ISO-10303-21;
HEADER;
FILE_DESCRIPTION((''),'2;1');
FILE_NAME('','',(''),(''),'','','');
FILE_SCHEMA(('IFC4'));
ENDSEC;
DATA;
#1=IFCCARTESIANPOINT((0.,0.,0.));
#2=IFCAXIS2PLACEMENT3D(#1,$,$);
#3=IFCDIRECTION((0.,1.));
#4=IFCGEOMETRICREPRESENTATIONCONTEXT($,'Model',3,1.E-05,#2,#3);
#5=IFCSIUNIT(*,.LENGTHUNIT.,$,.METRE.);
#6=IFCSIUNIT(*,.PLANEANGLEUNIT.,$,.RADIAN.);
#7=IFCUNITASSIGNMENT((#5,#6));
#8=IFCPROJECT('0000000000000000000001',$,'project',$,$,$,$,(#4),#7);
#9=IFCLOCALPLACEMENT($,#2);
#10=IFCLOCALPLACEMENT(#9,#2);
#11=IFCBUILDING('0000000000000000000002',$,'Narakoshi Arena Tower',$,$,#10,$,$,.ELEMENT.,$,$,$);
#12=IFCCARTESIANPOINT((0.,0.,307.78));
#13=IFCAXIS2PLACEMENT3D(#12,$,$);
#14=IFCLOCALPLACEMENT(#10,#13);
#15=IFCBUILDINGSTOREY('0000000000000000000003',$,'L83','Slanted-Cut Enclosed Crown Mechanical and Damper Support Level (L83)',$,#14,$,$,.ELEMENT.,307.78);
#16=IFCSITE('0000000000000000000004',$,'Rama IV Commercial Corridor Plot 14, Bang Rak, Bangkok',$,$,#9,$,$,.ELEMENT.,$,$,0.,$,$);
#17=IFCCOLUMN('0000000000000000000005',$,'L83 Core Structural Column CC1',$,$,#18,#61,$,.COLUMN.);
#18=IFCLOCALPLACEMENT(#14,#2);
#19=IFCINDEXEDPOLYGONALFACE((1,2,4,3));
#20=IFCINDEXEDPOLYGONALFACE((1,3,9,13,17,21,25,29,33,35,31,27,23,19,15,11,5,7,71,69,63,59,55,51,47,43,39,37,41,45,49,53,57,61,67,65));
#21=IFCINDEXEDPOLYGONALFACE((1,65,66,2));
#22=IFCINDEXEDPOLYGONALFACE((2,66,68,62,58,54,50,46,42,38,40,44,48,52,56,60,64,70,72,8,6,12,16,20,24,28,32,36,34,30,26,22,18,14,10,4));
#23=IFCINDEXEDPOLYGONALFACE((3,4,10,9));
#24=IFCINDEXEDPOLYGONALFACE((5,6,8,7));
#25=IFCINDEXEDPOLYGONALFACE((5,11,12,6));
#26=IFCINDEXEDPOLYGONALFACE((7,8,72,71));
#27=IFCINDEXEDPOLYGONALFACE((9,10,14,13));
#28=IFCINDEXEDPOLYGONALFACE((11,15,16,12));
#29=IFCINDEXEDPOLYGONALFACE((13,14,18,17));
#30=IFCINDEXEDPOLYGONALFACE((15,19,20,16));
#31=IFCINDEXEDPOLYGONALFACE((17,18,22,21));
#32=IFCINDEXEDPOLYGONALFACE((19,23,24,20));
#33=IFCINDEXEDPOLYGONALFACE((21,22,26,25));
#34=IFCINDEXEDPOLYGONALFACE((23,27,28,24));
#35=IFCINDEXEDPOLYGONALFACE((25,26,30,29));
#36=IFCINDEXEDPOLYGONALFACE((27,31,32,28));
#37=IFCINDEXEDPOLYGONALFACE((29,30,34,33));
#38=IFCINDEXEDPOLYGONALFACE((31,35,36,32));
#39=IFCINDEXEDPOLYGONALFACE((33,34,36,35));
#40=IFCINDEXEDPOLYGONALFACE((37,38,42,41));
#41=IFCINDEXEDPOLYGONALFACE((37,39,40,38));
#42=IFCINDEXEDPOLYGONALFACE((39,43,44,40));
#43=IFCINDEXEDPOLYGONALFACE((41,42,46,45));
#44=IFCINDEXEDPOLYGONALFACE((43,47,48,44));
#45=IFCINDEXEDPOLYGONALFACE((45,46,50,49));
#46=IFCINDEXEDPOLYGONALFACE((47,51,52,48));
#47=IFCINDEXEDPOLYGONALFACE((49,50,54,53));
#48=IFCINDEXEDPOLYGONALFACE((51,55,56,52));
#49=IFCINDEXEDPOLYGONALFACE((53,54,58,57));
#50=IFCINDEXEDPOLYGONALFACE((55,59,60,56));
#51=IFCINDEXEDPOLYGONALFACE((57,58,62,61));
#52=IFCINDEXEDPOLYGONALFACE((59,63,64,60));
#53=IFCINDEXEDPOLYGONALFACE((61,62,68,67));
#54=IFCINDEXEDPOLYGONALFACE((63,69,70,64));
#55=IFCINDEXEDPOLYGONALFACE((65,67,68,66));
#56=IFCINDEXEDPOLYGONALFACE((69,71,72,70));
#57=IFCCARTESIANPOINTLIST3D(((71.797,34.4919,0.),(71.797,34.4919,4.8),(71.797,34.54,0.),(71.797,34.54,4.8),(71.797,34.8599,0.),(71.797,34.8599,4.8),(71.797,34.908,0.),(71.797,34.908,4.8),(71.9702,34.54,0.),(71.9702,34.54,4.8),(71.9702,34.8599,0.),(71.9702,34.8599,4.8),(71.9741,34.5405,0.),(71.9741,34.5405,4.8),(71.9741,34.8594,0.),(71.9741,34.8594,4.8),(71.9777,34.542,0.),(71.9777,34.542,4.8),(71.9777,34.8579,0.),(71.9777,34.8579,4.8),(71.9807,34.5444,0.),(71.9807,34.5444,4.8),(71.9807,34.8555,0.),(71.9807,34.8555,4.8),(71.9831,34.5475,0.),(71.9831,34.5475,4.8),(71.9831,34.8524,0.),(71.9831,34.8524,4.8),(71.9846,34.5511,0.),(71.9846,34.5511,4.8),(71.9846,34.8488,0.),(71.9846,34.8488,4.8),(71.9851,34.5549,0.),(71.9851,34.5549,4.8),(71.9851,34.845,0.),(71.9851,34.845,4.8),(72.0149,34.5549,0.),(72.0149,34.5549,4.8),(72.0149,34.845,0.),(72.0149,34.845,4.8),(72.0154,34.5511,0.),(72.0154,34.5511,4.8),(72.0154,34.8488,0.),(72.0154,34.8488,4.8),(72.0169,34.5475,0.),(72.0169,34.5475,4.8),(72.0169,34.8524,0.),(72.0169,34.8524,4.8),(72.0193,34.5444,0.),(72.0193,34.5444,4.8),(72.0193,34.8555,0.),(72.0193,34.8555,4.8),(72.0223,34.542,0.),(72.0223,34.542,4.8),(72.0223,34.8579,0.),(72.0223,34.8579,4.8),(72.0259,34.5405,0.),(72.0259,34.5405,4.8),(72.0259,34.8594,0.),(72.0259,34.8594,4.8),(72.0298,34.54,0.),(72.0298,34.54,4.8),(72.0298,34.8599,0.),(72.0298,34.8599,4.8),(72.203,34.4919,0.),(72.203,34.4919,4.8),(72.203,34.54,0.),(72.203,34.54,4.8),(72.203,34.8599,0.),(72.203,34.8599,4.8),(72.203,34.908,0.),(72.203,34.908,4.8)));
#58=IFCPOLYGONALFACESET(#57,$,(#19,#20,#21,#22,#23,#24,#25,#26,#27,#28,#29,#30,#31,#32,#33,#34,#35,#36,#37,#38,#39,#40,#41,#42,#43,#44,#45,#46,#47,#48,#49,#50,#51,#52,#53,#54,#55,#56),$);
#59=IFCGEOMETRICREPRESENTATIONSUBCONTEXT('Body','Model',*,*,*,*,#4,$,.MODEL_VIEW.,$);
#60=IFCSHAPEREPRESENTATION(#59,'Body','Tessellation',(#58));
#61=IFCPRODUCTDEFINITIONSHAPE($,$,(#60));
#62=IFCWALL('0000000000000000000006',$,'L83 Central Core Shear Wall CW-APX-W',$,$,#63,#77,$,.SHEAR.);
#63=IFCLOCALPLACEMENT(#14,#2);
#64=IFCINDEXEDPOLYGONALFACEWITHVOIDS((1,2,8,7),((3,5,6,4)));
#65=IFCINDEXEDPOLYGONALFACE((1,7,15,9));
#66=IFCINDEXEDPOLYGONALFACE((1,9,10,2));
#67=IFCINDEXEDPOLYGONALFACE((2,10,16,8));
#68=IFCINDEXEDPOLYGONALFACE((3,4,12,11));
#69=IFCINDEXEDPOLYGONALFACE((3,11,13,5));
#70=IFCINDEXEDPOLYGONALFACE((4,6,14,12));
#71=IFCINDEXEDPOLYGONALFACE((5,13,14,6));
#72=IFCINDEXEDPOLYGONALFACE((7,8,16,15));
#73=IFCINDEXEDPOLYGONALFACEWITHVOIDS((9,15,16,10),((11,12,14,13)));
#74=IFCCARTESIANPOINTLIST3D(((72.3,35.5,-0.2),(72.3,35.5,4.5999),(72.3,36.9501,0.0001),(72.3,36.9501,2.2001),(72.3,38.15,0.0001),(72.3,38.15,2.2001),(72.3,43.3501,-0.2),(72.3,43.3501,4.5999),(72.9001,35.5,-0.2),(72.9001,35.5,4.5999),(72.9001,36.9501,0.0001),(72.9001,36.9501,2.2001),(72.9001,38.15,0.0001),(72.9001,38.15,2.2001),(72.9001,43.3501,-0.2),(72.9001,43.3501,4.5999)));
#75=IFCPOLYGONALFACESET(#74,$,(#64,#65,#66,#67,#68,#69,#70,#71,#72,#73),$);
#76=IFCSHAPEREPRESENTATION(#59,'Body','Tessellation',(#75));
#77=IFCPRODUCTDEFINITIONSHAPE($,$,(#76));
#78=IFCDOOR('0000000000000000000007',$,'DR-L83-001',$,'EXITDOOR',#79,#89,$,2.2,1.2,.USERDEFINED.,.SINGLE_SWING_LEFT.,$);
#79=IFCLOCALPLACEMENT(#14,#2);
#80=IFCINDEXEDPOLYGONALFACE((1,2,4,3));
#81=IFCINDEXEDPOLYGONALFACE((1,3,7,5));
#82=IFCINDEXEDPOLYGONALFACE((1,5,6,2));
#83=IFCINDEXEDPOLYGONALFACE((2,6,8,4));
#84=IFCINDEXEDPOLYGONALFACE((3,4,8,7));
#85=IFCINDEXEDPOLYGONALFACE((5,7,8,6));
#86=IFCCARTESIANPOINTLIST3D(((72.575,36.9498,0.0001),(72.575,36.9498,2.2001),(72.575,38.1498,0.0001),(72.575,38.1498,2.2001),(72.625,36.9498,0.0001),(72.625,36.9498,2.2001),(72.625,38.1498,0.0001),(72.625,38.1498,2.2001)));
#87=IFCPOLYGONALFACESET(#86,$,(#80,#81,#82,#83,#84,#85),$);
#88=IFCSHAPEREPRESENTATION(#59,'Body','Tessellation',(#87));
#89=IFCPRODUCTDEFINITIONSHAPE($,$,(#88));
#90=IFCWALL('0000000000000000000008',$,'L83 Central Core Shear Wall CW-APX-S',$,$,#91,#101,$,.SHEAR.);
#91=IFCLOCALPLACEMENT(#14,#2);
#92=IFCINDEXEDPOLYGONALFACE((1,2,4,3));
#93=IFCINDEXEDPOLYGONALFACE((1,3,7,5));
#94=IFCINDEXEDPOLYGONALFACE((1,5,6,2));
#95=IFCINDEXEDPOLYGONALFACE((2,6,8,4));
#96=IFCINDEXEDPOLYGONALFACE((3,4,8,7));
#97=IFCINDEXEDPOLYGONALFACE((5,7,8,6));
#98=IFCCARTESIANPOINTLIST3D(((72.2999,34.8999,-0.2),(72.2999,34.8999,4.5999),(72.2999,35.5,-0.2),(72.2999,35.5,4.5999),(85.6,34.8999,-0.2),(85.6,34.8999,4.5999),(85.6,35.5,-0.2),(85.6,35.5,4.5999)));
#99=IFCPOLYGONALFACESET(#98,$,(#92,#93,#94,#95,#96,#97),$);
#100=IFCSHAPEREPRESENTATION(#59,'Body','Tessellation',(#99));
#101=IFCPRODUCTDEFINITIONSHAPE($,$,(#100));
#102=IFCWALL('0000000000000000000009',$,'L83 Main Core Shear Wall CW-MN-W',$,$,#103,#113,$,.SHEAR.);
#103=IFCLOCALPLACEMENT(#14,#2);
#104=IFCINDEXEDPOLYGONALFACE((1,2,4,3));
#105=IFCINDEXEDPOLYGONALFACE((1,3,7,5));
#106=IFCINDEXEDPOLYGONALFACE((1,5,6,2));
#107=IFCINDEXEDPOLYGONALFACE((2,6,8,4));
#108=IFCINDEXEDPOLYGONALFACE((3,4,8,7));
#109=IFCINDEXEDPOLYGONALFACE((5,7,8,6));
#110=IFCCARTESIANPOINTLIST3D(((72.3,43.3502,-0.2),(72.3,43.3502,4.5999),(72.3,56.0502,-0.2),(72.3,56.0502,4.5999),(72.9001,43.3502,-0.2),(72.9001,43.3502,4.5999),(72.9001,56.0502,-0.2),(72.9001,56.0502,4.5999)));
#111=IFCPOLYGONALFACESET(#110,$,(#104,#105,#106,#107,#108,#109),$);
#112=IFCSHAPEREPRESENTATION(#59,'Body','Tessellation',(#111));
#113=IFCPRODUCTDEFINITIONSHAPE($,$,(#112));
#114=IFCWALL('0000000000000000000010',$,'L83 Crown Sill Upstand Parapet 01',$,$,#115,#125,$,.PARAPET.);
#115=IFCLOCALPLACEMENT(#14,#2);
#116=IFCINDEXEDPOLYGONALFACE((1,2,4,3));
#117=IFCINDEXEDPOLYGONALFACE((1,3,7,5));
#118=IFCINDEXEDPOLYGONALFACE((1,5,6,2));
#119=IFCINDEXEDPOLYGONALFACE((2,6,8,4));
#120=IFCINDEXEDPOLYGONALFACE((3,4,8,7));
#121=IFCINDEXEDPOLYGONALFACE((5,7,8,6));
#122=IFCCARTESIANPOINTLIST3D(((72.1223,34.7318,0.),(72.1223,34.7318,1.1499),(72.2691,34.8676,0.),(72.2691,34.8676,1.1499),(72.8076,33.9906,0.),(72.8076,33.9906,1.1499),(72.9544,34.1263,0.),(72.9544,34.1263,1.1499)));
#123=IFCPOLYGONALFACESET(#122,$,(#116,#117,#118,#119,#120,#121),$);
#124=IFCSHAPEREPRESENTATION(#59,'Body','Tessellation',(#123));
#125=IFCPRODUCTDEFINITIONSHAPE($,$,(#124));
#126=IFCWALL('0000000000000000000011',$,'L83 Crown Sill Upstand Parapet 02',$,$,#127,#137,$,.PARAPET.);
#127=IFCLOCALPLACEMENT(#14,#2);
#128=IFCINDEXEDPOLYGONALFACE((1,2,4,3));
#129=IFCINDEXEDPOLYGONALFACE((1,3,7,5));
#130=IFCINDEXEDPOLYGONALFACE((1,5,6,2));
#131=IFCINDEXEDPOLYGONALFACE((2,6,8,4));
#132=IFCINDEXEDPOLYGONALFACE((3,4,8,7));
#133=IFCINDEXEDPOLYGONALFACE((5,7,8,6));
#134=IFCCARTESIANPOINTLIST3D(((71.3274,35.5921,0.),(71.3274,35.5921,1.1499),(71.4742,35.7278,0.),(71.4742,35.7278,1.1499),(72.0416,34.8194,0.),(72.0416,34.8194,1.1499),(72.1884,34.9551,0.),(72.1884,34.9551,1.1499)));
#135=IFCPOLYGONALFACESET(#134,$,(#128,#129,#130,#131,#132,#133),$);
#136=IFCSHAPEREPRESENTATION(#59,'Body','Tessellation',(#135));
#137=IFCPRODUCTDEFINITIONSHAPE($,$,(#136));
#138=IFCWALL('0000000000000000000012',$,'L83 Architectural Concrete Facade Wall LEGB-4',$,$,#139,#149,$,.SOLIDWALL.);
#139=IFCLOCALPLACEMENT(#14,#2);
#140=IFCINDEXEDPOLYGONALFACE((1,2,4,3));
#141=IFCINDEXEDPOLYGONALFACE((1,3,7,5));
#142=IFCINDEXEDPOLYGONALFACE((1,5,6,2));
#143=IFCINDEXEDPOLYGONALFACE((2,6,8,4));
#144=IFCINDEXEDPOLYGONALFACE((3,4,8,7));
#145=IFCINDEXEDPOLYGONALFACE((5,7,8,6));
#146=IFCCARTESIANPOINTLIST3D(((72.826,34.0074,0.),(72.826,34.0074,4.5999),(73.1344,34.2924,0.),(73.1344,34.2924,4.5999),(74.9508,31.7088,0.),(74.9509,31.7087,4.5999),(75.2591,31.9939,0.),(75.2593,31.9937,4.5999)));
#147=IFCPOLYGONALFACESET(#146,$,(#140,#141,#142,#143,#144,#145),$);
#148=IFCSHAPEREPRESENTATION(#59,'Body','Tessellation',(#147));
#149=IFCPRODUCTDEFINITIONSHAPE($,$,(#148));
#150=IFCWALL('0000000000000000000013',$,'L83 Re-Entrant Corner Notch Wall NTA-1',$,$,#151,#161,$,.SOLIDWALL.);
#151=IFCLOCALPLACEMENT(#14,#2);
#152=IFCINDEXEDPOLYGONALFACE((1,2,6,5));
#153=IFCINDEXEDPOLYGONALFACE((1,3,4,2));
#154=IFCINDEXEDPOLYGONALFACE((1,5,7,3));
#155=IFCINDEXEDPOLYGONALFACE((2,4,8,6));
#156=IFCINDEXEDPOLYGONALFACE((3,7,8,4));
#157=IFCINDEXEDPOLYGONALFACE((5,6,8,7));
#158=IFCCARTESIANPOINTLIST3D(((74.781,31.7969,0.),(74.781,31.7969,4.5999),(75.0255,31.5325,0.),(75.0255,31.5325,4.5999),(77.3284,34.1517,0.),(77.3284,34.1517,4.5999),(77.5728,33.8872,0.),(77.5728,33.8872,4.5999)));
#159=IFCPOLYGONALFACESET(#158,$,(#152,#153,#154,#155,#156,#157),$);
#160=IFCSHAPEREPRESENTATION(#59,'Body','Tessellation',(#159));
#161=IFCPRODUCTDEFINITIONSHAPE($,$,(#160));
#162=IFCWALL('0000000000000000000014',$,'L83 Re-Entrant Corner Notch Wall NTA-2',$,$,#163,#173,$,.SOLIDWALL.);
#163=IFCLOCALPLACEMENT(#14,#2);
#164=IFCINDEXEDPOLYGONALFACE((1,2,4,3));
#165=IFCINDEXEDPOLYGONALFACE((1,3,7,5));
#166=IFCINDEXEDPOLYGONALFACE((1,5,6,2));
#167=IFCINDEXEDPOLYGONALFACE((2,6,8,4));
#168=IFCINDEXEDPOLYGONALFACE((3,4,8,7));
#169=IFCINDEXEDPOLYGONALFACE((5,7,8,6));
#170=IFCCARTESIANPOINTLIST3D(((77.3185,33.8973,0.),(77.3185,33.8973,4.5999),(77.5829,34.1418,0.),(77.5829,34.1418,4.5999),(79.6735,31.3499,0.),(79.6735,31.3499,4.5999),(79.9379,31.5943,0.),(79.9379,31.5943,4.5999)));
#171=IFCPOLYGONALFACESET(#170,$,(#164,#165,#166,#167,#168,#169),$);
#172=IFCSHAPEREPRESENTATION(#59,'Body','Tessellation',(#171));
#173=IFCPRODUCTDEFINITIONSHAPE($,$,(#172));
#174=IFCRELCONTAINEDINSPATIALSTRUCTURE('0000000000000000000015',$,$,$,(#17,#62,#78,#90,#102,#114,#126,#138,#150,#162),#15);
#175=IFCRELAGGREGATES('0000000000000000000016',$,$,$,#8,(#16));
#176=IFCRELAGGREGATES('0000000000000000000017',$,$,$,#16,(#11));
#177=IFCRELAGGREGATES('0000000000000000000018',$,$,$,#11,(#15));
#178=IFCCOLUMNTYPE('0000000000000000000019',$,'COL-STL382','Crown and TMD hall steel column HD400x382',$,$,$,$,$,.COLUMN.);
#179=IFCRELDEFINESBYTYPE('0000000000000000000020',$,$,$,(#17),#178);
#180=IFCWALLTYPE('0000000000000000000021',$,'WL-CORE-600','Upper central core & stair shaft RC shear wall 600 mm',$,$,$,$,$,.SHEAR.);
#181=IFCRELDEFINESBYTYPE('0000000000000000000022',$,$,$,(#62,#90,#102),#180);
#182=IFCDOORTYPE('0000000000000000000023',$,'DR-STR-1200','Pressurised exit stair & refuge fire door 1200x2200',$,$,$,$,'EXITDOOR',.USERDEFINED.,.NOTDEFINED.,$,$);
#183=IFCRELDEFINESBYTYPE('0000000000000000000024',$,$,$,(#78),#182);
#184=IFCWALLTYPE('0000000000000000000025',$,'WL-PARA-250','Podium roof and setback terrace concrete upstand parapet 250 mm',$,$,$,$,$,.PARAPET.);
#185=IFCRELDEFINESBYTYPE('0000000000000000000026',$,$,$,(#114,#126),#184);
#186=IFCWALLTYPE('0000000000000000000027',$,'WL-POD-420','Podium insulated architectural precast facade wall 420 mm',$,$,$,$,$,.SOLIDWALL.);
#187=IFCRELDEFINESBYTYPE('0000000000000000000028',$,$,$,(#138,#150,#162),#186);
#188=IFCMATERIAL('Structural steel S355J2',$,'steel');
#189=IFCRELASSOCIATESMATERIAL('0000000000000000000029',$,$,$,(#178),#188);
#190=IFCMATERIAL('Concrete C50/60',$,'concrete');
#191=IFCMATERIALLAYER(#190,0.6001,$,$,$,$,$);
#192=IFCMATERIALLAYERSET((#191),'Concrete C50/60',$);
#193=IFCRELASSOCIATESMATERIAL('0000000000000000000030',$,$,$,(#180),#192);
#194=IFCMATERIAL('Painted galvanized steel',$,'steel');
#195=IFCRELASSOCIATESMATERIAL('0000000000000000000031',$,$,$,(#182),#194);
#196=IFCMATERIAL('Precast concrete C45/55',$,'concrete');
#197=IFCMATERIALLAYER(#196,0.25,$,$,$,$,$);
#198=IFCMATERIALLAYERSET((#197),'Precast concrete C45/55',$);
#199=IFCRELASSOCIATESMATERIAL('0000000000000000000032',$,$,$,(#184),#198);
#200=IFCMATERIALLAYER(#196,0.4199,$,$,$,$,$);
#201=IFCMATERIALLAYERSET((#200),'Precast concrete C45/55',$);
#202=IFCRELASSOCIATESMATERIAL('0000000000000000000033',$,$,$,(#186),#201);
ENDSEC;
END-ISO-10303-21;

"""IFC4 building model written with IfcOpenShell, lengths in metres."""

from ifc_helpers import new_model, si_unit, direction, frame, frame_2d, origin, origin_2d, place, context, subcontext, project, spatial, polyline, rectangle, i_section, outline, extrude, material, layer, layer_set, material_profile, profile_set, type_object, element, fill, save


model = new_model("IFC4")

# Units and contexts
model_context = context("Model", 3, precision=1e-05, world=origin(), true_north=direction((0.0, 1.0)))
body_context = subcontext(model_context, "Body", "Model", "MODEL_VIEW")
ifc_project = project(units=[si_unit("LENGTHUNIT", "METRE"), si_unit("PLANEANGLEUNIT", "RADIAN")], contexts=[model_context])

# Site, building, storey
site_placement = place(None, origin())
site = spatial("IfcSite", under=ifc_project, at=site_placement, Name="Rama IV Commercial Corridor Plot 14, Bang Rak, Bangkok", CompositionType="ELEMENT", RefElevation=0.0)
building_placement = place(site_placement, origin())
building = spatial("IfcBuilding", under=site, at=building_placement, Name="Narakoshi Arena Tower", CompositionType="ELEMENT")
storey_placement = place(building_placement, frame((0.0, 0.0, 307.78)))
storey = spatial("IfcBuildingStorey", under=building, at=storey_placement, Name="L83", Description="Slanted-Cut Enclosed Crown Mechanical and Damper Support Level (L83)", CompositionType="ELEMENT", Elevation=307.78)

# Column
ifc_material_1 = material(Name="Structural steel S355J2", Category="steel")
ifc_material_profile = material_profile(ifc_material_1, i_section(OverallWidth=0.406, OverallDepth=0.416, WebThickness=0.0298, FlangeThickness=0.0481, FilletRadius=0.0149, at=origin_2d()), Name="HD400x382")
ifc_profile_set = profile_set([ifc_material_profile], Name="Structural steel S355J2")
column_type = type_object("IfcColumnType", Name="COL-STL382", Description="Crown and TMD hall steel column HD400x382", PredefinedType="COLUMN", material=ifc_profile_set)
column_placement = place(storey_placement, frame((72.0, 34.7, 0.0), z_axis=(0.0, 0.0, 1.0), x_axis=(1.0, 0.0, 0.0)))
element("IfcColumn", 1, at=column_placement, inside=storey, type_object=column_type, Name="L83 Core Structural Column CC1", PredefinedType="COLUMN", context=body_context, shape_type="SweptSolid", body=[
    extrude(i_section(OverallWidth=0.406, OverallDepth=0.416, WebThickness=0.0298, FlangeThickness=0.0481, FilletRadius=0.0149, at=origin_2d()), origin(), (0.0, 0.0, 1.0), 4.8),
])

# Wall, opening, door
ifc_material_2 = material(Name="Concrete C50/60", Category="concrete")
ifc_layer_1 = layer(ifc_material_2, 0.6001)
ifc_layer_set_1 = layer_set([ifc_layer_1], Name="Concrete C50/60")
wall_type_1 = type_object("IfcWallType", Name="WL-CORE-600", Description="Upper central core & stair shaft RC shear wall 600 mm", PredefinedType="SHEAR", material=ifc_layer_set_1)
wall_1_placement = place(storey_placement, frame((72.6001, 35.5, -0.2), z_axis=(0.0, 0.0, 1.0), x_axis=(0.0, 1.0, 0.0)))
wall_1 = element("IfcWall", 2, at=wall_1_placement, inside=storey, type_object=wall_type_1, Name="L83 Central Core Shear Wall CW-APX-W", PredefinedType="SHEAR", context=body_context, shape_type="SweptSolid", body=[
    extrude(rectangle(XDim=7.8501, YDim=0.6001, at=frame_2d((3.925, 0.0))), origin(), (0.0, 0.0, 1.0), 4.7998),
])
opening_placement = place(wall_1_placement, frame((1.45, 0.0, 0.2)))
opening = element("IfcOpeningElement", 3, at=opening_placement, cuts=wall_1, PredefinedType="OPENING", context=body_context, shape_type="SweptSolid", body=[
    extrude(rectangle(XDim=1.2, YDim=2.2, at=frame_2d((0.6001, 1.1001))), frame((0.0, 0.3101, 0.0), z_axis=(0.0, -1.0, 0.0), x_axis=(1.0, 0.0, 0.0)), (0.0, 0.0, 1.0), 0.6201),
])
ifc_material_3 = material(Name="Painted galvanized steel", Category="steel")
door_type = type_object("IfcDoorType", Name="DR-STR-1200", Description="Pressurised exit stair & refuge fire door 1200x2200", ElementType="EXITDOOR", OperationType="NOTDEFINED", PredefinedType="USERDEFINED", material=ifc_material_3)
door_placement = place(opening_placement, frame((1.2, 0.0, 0.0), z_axis=(0.0, 0.0, 1.0), x_axis=(-1.0, 0.0, 0.0)))
door = element("IfcDoor", 4, at=door_placement, inside=storey, type_object=door_type, Name="DR-L83-001", ObjectType="EXITDOOR", OperationType="SINGLE_SWING_LEFT", OverallHeight=2.2, OverallWidth=1.2, PredefinedType="USERDEFINED", context=body_context, shape_type="SweptSolid", body=[
    extrude(rectangle(XDim=1.2, YDim=2.2, at=frame_2d((0.6001, 1.1001))), frame((0.0, 0.0249, 0.0), z_axis=(0.0, -1.0, 0.0), x_axis=(1.0, 0.0, 0.0)), (0.0, 0.0, 1.0), 0.05),
])
fill(opening, door)

# Walls
wall_2_placement = place(storey_placement, frame((72.3, 35.2, -0.2), z_axis=(0.0, 0.0, 1.0), x_axis=(1.0, 0.0, 0.0)))
element("IfcWall", 5, at=wall_2_placement, inside=storey, type_object=wall_type_1, Name="L83 Central Core Shear Wall CW-APX-S", PredefinedType="SHEAR", context=body_context, shape_type="SweptSolid", body=[
    extrude(rectangle(XDim=13.3, YDim=0.6001, at=frame_2d((6.6499, 0.0))), origin(), (0.0, 0.0, 1.0), 4.7998),
])
wall_3_placement = place(storey_placement, frame((72.6001, 43.3501, -0.2), z_axis=(0.0, 0.0, 1.0), x_axis=(0.0, 1.0, 0.0)))
element("IfcWall", 6, at=wall_3_placement, inside=storey, type_object=wall_type_1, Name="L83 Main Core Shear Wall CW-MN-W", PredefinedType="SHEAR", context=body_context, shape_type="SweptSolid", body=[
    extrude(rectangle(XDim=12.7, YDim=0.6001, at=frame_2d((6.3501, 0.0))), origin(), (0.0, 0.0, 1.0), 4.7998),
])
ifc_material_4 = material(Name="Precast concrete C45/55", Category="concrete")
ifc_layer_2 = layer(ifc_material_4, 0.25)
ifc_layer_set_2 = layer_set([ifc_layer_2], Name="Precast concrete C45/55")
wall_type_2 = type_object("IfcWallType", Name="WL-PARA-250", Description="Podium roof and setback terrace concrete upstand parapet 250 mm", PredefinedType="PARAPET", material=ifc_layer_set_2)
wall_4_placement = place(storey_placement, frame((72.8811, 34.0583, 0.0), z_axis=(0.0, 0.0, 1.0), x_axis=(-0.678873, 0.734256, 0.0)))
element("IfcWall", 7, at=wall_4_placement, inside=storey, type_object=wall_type_2, Name="L83 Crown Sill Upstand Parapet 01", PredefinedType="PARAPET", context=body_context, shape_type="SweptSolid", body=[
    extrude(rectangle(XDim=1.0095, YDim=0.2, at=frame_2d((0.5049, 0.0))), origin(), (0.0, 0.0, 1.0), 1.1499),
])
wall_5_placement = place(storey_placement, frame((72.115, 34.8872, 0.0), z_axis=(0.0, 0.0, 1.0), x_axis=(-0.678714, 0.734403, 0.0)))
element("IfcWall", 8, at=wall_5_placement, inside=storey, type_object=wall_type_2, Name="L83 Crown Sill Upstand Parapet 02", PredefinedType="PARAPET", context=body_context, shape_type="SweptSolid", body=[
    extrude(rectangle(XDim=1.0522, YDim=0.2, at=frame_2d((0.5261, 0.0))), origin(), (0.0, 0.0, 1.0), 1.1499),
])
ifc_layer_3 = layer(ifc_material_4, 0.4199)
ifc_layer_set_3 = layer_set([ifc_layer_3], Name="Precast concrete C45/55")
wall_type_3 = type_object("IfcWallType", Name="WL-POD-420", Description="Podium insulated architectural precast facade wall 420 mm", PredefinedType="SOLIDWALL", material=ifc_layer_set_3)
wall_6_placement = place(storey_placement, frame((72.9802, 34.1499, 0.0), z_axis=(0.0, 0.0, 1.0), x_axis=(0.678795, -0.734328, 0.0)))
element("IfcWall", 9, at=wall_6_placement, inside=storey, type_object=wall_type_3, Name="L83 Architectural Concrete Facade Wall LEGB-4", PredefinedType="SOLIDWALL", context=body_context, shape_type="SweptSolid", body=[
    extrude(outline(polyline([(0.0, 0.0), (3.1301, 0.0), (3.1304, 4.5999), (0.0, 4.5999), (0.0, 0.0)])), frame((0.0, 0.21, 0.0), z_axis=(0.0, -1.0, 0.0), x_axis=(1.0, 0.0, 0.0)), (0.0, 0.0, 1.0), 0.4199),
])
wall_7_placement = place(storey_placement, frame((74.9033, 31.6648, 0.0), z_axis=(0.0, 0.0, 1.0), x_axis=(0.734326, 0.678797, 0.0)))
element("IfcWall", 10, at=wall_7_placement, inside=storey, type_object=wall_type_3, Name="L83 Re-Entrant Corner Notch Wall NTA-1", PredefinedType="SOLIDWALL", context=body_context, shape_type="SweptSolid", body=[
    extrude(rectangle(XDim=3.469, YDim=0.3601, at=frame_2d((1.7344, 0.0))), origin(), (0.0, 0.0, 1.0), 4.5999),
])
wall_8_placement = place(storey_placement, frame((77.4507, 34.0195, 0.0), z_axis=(0.0, 0.0, 1.0), x_axis=(0.678835, -0.734291, 0.0)))
element("IfcWall", 11, at=wall_8_placement, inside=storey, type_object=wall_type_3, Name="L83 Re-Entrant Corner Notch Wall NTA-2", PredefinedType="SOLIDWALL", context=body_context, shape_type="SweptSolid", body=[
    extrude(rectangle(XDim=3.4692, YDim=0.3601, at=frame_2d((1.7346, 0.0))), origin(), (0.0, 0.0, 1.0), 4.5999),
])

save(model, "model.ifc")
